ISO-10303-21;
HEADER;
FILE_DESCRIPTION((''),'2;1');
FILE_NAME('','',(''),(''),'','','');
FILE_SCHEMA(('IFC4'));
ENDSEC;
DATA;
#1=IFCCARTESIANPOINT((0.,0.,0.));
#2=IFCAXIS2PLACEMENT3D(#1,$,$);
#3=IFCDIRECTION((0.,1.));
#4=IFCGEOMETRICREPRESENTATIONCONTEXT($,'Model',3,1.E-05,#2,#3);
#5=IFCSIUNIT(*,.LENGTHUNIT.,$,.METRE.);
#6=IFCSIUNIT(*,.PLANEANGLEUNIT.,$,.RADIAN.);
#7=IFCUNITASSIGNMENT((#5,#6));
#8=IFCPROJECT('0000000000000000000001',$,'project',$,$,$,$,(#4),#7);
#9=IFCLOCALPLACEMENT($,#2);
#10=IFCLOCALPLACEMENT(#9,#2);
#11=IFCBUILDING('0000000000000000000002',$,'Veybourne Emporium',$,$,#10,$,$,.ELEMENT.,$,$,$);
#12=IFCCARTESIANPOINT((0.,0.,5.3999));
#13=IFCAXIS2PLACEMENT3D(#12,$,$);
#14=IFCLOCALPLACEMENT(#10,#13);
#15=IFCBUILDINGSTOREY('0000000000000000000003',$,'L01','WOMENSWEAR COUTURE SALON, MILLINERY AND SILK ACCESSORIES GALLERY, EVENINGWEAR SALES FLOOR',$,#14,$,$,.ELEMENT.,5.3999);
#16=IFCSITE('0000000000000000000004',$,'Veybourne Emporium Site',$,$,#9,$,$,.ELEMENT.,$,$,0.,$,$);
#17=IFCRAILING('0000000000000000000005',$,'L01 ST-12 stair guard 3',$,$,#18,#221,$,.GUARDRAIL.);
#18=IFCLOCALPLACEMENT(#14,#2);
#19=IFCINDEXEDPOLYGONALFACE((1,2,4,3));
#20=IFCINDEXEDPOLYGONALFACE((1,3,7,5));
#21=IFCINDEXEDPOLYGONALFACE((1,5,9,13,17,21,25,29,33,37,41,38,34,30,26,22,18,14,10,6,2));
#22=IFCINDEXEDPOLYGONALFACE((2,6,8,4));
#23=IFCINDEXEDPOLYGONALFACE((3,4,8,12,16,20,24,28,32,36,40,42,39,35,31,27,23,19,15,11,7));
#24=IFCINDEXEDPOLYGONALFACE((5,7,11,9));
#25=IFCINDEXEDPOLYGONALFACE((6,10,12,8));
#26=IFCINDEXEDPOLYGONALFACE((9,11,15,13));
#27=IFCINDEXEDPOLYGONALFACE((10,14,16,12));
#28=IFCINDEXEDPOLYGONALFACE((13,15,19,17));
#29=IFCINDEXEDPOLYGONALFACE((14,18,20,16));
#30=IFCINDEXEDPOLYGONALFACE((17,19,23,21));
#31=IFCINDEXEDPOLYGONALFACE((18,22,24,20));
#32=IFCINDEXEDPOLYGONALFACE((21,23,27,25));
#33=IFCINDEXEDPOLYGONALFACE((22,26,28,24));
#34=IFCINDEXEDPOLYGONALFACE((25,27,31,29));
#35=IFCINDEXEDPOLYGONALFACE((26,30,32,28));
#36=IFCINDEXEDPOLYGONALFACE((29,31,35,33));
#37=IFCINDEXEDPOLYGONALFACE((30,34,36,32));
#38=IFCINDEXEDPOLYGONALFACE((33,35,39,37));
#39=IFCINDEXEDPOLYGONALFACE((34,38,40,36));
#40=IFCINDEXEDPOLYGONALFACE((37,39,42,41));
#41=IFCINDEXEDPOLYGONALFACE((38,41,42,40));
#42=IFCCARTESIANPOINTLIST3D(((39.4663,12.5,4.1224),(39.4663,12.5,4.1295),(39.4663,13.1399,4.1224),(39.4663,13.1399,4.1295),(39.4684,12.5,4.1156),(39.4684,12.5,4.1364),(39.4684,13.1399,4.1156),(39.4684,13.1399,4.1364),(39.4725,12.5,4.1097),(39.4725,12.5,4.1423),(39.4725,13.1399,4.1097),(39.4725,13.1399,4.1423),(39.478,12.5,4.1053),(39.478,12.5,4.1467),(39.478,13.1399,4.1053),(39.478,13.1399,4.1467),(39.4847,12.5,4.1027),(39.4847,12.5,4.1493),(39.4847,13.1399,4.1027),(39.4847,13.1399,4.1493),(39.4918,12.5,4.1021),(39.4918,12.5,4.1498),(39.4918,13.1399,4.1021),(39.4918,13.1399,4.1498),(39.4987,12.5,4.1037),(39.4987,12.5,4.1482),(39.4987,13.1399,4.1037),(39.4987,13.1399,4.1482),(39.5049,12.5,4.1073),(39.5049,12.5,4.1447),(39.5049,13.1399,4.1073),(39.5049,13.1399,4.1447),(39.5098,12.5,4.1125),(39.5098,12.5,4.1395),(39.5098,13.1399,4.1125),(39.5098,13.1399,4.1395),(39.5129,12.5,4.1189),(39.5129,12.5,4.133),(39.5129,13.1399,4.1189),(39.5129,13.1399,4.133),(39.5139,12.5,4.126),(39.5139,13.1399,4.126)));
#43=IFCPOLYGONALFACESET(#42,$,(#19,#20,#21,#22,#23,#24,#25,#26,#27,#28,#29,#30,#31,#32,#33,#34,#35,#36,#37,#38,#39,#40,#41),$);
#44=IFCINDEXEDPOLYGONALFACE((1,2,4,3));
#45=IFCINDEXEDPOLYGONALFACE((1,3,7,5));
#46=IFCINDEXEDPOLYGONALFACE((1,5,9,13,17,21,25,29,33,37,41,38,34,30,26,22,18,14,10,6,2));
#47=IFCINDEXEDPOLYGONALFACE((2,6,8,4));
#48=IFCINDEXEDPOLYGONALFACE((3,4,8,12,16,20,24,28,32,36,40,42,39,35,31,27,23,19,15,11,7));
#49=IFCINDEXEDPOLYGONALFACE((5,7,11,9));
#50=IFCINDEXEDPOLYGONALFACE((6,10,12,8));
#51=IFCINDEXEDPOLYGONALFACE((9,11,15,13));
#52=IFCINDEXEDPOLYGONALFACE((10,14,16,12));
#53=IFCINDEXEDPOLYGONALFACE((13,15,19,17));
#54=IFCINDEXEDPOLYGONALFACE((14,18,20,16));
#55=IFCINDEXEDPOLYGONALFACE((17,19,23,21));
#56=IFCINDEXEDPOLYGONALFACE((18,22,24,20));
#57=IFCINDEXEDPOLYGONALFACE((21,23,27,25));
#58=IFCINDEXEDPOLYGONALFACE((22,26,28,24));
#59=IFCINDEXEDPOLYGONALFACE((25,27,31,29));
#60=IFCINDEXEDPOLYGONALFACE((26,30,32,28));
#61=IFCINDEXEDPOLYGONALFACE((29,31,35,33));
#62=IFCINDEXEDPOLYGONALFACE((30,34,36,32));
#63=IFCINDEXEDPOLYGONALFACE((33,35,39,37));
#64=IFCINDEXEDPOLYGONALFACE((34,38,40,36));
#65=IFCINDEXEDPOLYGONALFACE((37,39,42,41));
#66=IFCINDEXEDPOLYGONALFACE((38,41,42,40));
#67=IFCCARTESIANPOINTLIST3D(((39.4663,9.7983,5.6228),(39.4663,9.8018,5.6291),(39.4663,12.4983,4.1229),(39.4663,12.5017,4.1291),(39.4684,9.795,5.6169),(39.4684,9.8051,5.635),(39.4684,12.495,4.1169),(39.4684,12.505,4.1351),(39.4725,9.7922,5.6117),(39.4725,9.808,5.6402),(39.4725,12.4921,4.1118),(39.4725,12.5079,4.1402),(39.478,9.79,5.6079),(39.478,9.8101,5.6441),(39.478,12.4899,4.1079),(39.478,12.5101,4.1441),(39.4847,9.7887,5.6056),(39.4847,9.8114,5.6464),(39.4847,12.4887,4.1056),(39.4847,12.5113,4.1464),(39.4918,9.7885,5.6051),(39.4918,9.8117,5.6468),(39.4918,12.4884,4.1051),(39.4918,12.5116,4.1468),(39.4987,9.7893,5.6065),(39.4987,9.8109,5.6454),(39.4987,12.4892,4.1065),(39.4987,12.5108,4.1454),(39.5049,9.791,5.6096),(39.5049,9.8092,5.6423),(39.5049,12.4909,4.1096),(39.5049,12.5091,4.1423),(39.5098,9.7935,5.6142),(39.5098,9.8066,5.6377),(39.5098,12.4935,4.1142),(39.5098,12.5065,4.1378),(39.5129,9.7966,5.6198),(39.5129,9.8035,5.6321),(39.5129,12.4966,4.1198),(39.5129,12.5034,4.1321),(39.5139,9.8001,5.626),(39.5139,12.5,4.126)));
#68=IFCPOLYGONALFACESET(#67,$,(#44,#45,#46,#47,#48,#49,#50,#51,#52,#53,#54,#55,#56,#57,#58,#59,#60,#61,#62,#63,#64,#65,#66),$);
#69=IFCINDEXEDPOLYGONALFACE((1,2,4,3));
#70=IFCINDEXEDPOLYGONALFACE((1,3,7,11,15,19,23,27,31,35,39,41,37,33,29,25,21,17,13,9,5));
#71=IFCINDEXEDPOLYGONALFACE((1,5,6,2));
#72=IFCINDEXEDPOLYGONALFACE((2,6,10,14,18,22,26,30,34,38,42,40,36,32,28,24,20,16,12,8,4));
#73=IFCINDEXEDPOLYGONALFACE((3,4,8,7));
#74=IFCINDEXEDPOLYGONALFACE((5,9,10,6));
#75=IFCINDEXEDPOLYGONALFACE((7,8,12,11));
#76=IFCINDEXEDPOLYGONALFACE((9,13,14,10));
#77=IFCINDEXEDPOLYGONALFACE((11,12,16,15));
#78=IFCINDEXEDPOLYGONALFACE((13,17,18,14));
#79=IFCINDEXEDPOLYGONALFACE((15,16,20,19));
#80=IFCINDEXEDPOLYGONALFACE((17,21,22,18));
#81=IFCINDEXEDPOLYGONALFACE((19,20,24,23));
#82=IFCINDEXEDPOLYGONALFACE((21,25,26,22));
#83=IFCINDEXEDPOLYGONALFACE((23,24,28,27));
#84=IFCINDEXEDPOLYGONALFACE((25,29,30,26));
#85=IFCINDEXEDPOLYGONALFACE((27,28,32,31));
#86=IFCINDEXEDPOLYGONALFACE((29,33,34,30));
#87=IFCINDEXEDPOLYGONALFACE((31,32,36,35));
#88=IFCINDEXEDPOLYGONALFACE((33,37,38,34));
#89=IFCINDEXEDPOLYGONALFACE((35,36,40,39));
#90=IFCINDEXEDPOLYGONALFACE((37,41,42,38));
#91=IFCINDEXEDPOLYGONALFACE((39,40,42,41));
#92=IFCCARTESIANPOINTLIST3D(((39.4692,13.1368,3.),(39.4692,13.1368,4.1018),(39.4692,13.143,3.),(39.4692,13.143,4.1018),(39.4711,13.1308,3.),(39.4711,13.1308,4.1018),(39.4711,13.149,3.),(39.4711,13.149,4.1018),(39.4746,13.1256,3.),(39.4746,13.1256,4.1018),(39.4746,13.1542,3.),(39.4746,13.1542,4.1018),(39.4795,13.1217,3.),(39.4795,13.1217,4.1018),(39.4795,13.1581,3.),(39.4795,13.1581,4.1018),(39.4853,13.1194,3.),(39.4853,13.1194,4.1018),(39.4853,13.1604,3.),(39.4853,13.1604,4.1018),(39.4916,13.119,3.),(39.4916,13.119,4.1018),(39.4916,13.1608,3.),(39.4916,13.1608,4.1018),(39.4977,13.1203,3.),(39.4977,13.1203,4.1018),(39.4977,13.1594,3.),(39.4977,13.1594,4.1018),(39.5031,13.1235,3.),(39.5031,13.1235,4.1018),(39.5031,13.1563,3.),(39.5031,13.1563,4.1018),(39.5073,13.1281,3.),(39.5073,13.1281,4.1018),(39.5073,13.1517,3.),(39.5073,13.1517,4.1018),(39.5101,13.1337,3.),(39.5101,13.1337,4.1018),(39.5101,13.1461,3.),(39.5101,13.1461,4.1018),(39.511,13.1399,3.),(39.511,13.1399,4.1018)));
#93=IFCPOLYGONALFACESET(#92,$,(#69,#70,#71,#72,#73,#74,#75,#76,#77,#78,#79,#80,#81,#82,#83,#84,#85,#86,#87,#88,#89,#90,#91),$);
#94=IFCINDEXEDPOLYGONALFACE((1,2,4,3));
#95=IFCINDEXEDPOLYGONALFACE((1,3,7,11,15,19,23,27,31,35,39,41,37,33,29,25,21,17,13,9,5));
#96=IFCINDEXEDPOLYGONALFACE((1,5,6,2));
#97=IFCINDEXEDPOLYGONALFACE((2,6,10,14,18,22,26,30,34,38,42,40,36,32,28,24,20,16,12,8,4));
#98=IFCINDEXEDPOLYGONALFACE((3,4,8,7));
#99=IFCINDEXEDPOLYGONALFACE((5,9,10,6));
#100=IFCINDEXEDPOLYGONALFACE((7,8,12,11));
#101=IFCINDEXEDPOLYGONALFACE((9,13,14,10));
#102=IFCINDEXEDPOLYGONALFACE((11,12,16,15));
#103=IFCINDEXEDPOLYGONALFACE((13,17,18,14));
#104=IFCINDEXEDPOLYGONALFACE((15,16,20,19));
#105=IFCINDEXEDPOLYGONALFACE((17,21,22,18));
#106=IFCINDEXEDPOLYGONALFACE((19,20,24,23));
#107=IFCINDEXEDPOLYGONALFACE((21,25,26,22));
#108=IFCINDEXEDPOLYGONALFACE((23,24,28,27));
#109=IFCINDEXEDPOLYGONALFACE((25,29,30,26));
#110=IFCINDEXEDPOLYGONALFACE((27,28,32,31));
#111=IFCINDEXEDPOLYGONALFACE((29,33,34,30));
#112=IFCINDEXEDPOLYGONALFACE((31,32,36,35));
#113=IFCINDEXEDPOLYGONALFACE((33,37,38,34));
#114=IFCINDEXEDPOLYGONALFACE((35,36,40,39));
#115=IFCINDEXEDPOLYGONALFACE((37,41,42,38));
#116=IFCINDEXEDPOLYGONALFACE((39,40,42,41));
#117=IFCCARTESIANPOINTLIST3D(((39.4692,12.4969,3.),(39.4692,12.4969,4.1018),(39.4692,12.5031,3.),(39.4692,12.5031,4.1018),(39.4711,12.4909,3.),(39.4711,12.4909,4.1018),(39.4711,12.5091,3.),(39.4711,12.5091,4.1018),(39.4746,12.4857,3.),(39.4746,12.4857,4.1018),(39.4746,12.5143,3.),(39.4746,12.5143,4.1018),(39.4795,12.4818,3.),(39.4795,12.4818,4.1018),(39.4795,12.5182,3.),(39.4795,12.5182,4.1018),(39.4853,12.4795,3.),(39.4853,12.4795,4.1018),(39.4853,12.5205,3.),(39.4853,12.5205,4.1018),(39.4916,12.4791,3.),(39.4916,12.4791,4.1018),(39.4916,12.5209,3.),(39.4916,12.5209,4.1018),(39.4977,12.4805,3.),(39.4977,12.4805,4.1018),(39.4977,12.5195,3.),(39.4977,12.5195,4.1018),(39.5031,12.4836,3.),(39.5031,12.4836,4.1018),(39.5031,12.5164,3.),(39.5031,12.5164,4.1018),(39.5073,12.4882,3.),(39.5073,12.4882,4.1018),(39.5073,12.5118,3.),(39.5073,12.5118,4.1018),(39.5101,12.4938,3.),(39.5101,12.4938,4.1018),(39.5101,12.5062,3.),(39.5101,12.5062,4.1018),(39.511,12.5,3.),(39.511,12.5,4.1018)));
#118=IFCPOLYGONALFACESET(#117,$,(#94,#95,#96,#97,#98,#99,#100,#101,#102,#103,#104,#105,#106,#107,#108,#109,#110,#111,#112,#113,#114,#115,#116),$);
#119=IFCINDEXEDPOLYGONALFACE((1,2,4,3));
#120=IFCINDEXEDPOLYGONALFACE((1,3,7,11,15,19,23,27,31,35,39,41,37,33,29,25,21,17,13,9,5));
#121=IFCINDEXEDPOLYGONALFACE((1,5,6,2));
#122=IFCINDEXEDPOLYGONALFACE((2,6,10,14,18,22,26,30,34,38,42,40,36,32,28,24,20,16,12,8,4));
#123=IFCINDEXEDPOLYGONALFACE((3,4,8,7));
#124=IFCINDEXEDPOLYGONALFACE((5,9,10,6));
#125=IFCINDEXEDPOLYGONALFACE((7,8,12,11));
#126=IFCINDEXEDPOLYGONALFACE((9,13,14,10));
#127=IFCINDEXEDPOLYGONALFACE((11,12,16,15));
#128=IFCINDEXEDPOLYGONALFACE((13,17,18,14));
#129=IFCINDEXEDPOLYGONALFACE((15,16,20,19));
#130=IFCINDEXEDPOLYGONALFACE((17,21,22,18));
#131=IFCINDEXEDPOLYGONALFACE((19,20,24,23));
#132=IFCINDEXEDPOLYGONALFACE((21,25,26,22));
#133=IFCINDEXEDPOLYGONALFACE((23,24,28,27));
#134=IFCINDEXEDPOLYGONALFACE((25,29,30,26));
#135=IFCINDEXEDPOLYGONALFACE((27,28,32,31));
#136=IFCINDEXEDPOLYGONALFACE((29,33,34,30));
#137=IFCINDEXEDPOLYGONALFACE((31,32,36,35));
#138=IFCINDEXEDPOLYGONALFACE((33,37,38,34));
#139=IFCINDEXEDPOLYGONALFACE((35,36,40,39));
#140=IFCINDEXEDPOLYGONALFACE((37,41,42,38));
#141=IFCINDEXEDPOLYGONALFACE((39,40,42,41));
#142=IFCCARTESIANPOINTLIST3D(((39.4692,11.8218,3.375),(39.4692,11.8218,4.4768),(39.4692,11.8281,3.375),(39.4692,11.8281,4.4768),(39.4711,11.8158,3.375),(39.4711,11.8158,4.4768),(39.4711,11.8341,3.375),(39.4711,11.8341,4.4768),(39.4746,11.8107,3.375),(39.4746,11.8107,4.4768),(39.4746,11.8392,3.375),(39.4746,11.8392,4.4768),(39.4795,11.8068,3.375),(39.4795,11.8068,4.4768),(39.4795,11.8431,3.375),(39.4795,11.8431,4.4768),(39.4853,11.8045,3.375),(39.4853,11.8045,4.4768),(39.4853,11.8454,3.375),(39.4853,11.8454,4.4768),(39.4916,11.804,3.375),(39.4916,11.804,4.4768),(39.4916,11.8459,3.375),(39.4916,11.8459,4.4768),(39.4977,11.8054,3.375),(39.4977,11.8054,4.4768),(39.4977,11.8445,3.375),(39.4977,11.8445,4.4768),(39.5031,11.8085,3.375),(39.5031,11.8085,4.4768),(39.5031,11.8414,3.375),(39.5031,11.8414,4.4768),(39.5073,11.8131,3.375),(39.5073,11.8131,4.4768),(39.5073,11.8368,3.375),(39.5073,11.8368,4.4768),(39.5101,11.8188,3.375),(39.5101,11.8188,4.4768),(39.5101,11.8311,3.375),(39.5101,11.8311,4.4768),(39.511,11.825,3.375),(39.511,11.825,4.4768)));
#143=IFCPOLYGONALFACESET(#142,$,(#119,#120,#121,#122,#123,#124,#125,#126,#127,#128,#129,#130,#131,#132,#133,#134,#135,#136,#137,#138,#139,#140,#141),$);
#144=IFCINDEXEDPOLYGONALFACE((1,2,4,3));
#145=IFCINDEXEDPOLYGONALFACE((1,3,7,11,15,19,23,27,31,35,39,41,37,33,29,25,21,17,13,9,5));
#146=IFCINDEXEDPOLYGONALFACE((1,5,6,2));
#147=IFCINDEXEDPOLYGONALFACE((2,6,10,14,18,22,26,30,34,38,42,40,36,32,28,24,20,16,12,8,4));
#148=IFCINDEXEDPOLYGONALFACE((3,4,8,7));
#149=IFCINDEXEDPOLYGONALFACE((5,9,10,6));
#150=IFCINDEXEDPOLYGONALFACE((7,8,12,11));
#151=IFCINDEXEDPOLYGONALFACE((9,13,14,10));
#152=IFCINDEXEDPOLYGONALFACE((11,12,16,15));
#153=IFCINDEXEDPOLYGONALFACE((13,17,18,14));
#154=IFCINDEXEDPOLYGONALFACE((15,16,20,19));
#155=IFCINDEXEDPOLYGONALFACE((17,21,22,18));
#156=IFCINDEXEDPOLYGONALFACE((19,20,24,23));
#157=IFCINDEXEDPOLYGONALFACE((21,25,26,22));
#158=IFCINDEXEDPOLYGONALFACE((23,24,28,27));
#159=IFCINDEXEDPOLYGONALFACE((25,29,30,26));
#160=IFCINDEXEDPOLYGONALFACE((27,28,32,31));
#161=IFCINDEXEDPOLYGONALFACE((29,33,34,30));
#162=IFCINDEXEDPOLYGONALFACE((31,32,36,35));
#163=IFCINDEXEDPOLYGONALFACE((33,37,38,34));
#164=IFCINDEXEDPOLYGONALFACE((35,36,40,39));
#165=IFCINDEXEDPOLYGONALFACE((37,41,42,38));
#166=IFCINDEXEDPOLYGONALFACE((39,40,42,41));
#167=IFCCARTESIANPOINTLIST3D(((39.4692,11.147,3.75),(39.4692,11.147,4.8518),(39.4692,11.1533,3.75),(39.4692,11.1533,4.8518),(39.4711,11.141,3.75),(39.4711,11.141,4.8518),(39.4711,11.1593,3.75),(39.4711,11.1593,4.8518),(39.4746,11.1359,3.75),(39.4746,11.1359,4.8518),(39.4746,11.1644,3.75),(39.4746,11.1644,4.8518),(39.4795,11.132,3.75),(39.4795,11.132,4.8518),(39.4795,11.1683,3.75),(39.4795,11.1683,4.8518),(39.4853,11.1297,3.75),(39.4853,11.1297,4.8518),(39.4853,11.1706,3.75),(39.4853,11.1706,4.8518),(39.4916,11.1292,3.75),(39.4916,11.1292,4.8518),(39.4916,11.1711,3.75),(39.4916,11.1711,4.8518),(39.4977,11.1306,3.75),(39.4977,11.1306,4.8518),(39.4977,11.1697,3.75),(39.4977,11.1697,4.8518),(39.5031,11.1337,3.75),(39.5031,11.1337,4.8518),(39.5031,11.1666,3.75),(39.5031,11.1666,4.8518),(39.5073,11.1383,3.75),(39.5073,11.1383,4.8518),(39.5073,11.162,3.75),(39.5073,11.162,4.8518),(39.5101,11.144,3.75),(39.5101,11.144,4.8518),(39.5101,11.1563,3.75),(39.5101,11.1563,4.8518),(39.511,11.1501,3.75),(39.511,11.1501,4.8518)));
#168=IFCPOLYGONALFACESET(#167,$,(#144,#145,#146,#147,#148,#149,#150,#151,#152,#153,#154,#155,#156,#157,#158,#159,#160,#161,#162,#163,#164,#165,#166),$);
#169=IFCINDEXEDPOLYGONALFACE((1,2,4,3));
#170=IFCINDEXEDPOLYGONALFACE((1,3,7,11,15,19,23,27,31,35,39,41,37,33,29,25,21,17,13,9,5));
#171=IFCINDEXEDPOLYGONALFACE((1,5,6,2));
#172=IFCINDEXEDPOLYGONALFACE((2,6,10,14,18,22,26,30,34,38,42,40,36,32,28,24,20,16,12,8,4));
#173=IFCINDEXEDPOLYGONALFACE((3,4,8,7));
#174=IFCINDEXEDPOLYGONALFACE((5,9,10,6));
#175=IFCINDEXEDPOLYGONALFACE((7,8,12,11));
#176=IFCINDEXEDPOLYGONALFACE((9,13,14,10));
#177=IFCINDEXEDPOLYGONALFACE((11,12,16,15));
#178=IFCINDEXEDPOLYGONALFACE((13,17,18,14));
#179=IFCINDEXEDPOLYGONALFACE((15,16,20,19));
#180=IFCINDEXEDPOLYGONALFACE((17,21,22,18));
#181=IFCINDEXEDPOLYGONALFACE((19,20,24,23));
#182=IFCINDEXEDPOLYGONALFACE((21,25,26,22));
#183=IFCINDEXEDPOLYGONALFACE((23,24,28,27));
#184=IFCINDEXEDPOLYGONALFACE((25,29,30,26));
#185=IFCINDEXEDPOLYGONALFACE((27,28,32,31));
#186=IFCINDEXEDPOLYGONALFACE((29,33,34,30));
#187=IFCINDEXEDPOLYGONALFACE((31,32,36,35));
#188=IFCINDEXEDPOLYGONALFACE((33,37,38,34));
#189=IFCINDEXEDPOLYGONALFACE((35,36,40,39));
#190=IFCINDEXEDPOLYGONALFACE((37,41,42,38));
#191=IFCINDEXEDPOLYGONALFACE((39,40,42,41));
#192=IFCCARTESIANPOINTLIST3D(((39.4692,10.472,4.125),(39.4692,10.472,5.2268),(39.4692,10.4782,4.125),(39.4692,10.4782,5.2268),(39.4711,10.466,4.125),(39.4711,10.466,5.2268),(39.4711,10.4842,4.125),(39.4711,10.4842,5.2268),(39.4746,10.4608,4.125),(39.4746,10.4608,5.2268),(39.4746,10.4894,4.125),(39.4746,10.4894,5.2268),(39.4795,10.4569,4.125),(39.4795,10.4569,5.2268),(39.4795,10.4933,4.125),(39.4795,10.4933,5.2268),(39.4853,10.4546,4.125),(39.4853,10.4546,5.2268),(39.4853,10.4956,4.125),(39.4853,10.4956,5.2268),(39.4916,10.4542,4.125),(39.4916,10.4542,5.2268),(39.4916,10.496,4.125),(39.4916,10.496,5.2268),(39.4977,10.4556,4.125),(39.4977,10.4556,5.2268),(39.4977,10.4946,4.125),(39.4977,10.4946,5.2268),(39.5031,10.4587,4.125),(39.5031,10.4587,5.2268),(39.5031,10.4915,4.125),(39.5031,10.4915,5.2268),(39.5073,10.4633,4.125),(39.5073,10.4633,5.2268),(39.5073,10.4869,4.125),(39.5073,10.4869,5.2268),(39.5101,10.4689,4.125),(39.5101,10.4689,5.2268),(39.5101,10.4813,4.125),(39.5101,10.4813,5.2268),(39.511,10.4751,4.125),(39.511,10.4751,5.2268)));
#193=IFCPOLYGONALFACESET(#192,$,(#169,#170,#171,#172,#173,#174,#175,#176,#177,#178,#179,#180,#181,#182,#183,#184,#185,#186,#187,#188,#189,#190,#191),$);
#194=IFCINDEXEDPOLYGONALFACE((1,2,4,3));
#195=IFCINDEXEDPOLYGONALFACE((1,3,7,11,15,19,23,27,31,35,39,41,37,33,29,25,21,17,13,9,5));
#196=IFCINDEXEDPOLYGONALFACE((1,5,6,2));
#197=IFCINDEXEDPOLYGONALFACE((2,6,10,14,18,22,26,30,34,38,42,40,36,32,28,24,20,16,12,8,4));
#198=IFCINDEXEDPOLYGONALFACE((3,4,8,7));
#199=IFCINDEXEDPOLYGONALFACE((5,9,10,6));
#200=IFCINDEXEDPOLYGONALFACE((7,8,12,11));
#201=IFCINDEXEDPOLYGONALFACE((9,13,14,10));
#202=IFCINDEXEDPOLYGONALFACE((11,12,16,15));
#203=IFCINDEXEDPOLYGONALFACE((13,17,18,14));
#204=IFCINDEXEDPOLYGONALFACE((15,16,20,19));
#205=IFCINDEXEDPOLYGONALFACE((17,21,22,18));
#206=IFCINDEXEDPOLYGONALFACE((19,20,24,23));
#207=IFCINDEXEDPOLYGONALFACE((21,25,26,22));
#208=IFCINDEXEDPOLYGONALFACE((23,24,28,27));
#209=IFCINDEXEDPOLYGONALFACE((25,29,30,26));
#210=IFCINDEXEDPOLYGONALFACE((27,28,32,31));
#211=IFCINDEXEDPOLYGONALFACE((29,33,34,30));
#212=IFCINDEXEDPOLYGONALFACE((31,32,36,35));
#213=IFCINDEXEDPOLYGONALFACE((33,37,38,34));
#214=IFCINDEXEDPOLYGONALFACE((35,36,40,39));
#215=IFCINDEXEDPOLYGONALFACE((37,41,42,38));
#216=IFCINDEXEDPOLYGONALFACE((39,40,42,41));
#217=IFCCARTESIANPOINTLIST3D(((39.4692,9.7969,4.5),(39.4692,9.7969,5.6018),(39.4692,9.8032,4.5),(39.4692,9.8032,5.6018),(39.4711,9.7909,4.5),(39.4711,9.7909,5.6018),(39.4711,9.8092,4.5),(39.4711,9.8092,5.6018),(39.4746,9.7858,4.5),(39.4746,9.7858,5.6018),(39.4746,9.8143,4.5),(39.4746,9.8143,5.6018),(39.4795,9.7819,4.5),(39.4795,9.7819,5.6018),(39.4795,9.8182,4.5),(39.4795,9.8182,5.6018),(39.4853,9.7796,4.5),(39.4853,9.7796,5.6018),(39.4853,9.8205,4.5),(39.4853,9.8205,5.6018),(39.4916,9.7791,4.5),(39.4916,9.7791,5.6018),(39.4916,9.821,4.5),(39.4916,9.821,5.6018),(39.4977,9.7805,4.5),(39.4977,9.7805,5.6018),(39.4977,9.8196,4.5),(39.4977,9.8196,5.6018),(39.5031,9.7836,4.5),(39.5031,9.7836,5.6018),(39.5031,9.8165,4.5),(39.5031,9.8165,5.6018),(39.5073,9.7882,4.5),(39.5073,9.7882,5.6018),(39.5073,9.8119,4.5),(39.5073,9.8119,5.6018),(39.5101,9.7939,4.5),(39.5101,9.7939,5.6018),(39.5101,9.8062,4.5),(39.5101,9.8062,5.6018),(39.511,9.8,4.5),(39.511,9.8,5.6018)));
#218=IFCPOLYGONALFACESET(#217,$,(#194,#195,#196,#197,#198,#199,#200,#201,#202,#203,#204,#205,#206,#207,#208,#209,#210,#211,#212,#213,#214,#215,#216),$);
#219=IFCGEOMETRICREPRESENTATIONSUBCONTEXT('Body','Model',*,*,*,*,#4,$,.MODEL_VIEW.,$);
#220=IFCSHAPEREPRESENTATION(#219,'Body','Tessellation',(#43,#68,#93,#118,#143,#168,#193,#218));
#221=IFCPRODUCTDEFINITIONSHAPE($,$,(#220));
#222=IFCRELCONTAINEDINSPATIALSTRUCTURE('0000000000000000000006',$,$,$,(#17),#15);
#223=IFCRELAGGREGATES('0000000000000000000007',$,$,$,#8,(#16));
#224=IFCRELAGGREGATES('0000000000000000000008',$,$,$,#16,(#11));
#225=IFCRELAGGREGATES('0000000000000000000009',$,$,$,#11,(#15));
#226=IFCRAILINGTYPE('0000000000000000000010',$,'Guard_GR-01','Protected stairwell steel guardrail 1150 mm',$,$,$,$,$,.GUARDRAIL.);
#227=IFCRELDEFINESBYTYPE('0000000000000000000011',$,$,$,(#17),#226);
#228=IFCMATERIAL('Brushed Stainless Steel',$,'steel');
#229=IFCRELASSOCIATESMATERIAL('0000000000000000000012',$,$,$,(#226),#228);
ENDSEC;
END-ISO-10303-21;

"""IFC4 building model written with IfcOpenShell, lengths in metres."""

from ifc_helpers import new_model, si_unit, direction, frame, origin, origin_2d, place, context, subcontext, project, spatial, circle, extrude, material, type_object, element, save


model = new_model("IFC4")

# Units and contexts
model_context = context("Model", 3, precision=1e-05, world=origin(), true_north=direction((0.0, 1.0)))
body_context = subcontext(model_context, "Body", "Model", "MODEL_VIEW")
ifc_project = project(units=[si_unit("LENGTHUNIT", "METRE"), si_unit("PLANEANGLEUNIT", "RADIAN")], contexts=[model_context])

# Site, building, storey
site_placement = place(None, origin())
site = spatial("IfcSite", under=ifc_project, at=site_placement, Name="Veybourne Emporium Site", CompositionType="ELEMENT", RefElevation=0.0)
building_placement = place(site_placement, origin())
building = spatial("IfcBuilding", under=site, at=building_placement, Name="Veybourne Emporium", CompositionType="ELEMENT")
storey_placement = place(building_placement, frame((0.0, 0.0, 5.3999)))
storey = spatial("IfcBuildingStorey", under=building, at=storey_placement, Name="L01", Description="WOMENSWEAR COUTURE SALON, MILLINERY AND SILK ACCESSORIES GALLERY, EVENINGWEAR SALES FLOOR", CompositionType="ELEMENT", Elevation=5.3999)

# Railing
ifc_material_1 = material(Name="Brushed Stainless Steel", Category="steel")
railing_type_1 = type_object("IfcRailingType", Name="Guard_GR-01", Description="Protected stairwell steel guardrail 1150 mm", PredefinedType="GUARDRAIL", material=ifc_material_1)
railing_1_placement = place(storey_placement, frame((39.49, 13.1399, 3.0)))
element("IfcRailing", 1, at=railing_1_placement, inside=storey, type_object=railing_type_1, Name="L01 ST-12 stair guard 3", PredefinedType="GUARDRAIL", context=body_context, shape_type="SweptSolid", body=[
    extrude(circle(Radius=0.0239, at=origin_2d()), frame((0.0, 0.0, 1.126), z_axis=(0.0, -1.0, 0.0), x_axis=(1.0, 0.0, 0.0)), (0.0, 0.0, 1.0), 0.6399),
    extrude(circle(Radius=0.0239, at=origin_2d()), frame((0.0, -0.6399, 1.126), z_axis=(0.0, -0.874154, 0.48565), x_axis=(1.0, 0.0, 0.0)), (0.0, 0.0, 1.0), 3.0886),
    extrude(circle(Radius=0.021, at=origin_2d()), origin(), (0.0, 0.0, 1.0), 1.1018),
    extrude(circle(Radius=0.021, at=origin_2d()), frame((0.0, -0.6399, 0.0)), (0.0, 0.0, 1.0), 1.1018),
    extrude(circle(Radius=0.021, at=origin_2d()), frame((0.0, -1.3149, 0.375)), (0.0, 0.0, 1.0), 1.1018),
    extrude(circle(Radius=0.021, at=origin_2d()), frame((0.0, -1.9897, 0.75)), (0.0, 0.0, 1.0), 1.1018),
    extrude(circle(Radius=0.021, at=origin_2d()), frame((0.0, -2.6648, 1.125)), (0.0, 0.0, 1.0), 1.1018),
    extrude(circle(Radius=0.021, at=origin_2d()), frame((0.0, -3.3398, 1.5)), (0.0, 0.0, 1.0), 1.1018),
])

save(model, "model.ifc")
